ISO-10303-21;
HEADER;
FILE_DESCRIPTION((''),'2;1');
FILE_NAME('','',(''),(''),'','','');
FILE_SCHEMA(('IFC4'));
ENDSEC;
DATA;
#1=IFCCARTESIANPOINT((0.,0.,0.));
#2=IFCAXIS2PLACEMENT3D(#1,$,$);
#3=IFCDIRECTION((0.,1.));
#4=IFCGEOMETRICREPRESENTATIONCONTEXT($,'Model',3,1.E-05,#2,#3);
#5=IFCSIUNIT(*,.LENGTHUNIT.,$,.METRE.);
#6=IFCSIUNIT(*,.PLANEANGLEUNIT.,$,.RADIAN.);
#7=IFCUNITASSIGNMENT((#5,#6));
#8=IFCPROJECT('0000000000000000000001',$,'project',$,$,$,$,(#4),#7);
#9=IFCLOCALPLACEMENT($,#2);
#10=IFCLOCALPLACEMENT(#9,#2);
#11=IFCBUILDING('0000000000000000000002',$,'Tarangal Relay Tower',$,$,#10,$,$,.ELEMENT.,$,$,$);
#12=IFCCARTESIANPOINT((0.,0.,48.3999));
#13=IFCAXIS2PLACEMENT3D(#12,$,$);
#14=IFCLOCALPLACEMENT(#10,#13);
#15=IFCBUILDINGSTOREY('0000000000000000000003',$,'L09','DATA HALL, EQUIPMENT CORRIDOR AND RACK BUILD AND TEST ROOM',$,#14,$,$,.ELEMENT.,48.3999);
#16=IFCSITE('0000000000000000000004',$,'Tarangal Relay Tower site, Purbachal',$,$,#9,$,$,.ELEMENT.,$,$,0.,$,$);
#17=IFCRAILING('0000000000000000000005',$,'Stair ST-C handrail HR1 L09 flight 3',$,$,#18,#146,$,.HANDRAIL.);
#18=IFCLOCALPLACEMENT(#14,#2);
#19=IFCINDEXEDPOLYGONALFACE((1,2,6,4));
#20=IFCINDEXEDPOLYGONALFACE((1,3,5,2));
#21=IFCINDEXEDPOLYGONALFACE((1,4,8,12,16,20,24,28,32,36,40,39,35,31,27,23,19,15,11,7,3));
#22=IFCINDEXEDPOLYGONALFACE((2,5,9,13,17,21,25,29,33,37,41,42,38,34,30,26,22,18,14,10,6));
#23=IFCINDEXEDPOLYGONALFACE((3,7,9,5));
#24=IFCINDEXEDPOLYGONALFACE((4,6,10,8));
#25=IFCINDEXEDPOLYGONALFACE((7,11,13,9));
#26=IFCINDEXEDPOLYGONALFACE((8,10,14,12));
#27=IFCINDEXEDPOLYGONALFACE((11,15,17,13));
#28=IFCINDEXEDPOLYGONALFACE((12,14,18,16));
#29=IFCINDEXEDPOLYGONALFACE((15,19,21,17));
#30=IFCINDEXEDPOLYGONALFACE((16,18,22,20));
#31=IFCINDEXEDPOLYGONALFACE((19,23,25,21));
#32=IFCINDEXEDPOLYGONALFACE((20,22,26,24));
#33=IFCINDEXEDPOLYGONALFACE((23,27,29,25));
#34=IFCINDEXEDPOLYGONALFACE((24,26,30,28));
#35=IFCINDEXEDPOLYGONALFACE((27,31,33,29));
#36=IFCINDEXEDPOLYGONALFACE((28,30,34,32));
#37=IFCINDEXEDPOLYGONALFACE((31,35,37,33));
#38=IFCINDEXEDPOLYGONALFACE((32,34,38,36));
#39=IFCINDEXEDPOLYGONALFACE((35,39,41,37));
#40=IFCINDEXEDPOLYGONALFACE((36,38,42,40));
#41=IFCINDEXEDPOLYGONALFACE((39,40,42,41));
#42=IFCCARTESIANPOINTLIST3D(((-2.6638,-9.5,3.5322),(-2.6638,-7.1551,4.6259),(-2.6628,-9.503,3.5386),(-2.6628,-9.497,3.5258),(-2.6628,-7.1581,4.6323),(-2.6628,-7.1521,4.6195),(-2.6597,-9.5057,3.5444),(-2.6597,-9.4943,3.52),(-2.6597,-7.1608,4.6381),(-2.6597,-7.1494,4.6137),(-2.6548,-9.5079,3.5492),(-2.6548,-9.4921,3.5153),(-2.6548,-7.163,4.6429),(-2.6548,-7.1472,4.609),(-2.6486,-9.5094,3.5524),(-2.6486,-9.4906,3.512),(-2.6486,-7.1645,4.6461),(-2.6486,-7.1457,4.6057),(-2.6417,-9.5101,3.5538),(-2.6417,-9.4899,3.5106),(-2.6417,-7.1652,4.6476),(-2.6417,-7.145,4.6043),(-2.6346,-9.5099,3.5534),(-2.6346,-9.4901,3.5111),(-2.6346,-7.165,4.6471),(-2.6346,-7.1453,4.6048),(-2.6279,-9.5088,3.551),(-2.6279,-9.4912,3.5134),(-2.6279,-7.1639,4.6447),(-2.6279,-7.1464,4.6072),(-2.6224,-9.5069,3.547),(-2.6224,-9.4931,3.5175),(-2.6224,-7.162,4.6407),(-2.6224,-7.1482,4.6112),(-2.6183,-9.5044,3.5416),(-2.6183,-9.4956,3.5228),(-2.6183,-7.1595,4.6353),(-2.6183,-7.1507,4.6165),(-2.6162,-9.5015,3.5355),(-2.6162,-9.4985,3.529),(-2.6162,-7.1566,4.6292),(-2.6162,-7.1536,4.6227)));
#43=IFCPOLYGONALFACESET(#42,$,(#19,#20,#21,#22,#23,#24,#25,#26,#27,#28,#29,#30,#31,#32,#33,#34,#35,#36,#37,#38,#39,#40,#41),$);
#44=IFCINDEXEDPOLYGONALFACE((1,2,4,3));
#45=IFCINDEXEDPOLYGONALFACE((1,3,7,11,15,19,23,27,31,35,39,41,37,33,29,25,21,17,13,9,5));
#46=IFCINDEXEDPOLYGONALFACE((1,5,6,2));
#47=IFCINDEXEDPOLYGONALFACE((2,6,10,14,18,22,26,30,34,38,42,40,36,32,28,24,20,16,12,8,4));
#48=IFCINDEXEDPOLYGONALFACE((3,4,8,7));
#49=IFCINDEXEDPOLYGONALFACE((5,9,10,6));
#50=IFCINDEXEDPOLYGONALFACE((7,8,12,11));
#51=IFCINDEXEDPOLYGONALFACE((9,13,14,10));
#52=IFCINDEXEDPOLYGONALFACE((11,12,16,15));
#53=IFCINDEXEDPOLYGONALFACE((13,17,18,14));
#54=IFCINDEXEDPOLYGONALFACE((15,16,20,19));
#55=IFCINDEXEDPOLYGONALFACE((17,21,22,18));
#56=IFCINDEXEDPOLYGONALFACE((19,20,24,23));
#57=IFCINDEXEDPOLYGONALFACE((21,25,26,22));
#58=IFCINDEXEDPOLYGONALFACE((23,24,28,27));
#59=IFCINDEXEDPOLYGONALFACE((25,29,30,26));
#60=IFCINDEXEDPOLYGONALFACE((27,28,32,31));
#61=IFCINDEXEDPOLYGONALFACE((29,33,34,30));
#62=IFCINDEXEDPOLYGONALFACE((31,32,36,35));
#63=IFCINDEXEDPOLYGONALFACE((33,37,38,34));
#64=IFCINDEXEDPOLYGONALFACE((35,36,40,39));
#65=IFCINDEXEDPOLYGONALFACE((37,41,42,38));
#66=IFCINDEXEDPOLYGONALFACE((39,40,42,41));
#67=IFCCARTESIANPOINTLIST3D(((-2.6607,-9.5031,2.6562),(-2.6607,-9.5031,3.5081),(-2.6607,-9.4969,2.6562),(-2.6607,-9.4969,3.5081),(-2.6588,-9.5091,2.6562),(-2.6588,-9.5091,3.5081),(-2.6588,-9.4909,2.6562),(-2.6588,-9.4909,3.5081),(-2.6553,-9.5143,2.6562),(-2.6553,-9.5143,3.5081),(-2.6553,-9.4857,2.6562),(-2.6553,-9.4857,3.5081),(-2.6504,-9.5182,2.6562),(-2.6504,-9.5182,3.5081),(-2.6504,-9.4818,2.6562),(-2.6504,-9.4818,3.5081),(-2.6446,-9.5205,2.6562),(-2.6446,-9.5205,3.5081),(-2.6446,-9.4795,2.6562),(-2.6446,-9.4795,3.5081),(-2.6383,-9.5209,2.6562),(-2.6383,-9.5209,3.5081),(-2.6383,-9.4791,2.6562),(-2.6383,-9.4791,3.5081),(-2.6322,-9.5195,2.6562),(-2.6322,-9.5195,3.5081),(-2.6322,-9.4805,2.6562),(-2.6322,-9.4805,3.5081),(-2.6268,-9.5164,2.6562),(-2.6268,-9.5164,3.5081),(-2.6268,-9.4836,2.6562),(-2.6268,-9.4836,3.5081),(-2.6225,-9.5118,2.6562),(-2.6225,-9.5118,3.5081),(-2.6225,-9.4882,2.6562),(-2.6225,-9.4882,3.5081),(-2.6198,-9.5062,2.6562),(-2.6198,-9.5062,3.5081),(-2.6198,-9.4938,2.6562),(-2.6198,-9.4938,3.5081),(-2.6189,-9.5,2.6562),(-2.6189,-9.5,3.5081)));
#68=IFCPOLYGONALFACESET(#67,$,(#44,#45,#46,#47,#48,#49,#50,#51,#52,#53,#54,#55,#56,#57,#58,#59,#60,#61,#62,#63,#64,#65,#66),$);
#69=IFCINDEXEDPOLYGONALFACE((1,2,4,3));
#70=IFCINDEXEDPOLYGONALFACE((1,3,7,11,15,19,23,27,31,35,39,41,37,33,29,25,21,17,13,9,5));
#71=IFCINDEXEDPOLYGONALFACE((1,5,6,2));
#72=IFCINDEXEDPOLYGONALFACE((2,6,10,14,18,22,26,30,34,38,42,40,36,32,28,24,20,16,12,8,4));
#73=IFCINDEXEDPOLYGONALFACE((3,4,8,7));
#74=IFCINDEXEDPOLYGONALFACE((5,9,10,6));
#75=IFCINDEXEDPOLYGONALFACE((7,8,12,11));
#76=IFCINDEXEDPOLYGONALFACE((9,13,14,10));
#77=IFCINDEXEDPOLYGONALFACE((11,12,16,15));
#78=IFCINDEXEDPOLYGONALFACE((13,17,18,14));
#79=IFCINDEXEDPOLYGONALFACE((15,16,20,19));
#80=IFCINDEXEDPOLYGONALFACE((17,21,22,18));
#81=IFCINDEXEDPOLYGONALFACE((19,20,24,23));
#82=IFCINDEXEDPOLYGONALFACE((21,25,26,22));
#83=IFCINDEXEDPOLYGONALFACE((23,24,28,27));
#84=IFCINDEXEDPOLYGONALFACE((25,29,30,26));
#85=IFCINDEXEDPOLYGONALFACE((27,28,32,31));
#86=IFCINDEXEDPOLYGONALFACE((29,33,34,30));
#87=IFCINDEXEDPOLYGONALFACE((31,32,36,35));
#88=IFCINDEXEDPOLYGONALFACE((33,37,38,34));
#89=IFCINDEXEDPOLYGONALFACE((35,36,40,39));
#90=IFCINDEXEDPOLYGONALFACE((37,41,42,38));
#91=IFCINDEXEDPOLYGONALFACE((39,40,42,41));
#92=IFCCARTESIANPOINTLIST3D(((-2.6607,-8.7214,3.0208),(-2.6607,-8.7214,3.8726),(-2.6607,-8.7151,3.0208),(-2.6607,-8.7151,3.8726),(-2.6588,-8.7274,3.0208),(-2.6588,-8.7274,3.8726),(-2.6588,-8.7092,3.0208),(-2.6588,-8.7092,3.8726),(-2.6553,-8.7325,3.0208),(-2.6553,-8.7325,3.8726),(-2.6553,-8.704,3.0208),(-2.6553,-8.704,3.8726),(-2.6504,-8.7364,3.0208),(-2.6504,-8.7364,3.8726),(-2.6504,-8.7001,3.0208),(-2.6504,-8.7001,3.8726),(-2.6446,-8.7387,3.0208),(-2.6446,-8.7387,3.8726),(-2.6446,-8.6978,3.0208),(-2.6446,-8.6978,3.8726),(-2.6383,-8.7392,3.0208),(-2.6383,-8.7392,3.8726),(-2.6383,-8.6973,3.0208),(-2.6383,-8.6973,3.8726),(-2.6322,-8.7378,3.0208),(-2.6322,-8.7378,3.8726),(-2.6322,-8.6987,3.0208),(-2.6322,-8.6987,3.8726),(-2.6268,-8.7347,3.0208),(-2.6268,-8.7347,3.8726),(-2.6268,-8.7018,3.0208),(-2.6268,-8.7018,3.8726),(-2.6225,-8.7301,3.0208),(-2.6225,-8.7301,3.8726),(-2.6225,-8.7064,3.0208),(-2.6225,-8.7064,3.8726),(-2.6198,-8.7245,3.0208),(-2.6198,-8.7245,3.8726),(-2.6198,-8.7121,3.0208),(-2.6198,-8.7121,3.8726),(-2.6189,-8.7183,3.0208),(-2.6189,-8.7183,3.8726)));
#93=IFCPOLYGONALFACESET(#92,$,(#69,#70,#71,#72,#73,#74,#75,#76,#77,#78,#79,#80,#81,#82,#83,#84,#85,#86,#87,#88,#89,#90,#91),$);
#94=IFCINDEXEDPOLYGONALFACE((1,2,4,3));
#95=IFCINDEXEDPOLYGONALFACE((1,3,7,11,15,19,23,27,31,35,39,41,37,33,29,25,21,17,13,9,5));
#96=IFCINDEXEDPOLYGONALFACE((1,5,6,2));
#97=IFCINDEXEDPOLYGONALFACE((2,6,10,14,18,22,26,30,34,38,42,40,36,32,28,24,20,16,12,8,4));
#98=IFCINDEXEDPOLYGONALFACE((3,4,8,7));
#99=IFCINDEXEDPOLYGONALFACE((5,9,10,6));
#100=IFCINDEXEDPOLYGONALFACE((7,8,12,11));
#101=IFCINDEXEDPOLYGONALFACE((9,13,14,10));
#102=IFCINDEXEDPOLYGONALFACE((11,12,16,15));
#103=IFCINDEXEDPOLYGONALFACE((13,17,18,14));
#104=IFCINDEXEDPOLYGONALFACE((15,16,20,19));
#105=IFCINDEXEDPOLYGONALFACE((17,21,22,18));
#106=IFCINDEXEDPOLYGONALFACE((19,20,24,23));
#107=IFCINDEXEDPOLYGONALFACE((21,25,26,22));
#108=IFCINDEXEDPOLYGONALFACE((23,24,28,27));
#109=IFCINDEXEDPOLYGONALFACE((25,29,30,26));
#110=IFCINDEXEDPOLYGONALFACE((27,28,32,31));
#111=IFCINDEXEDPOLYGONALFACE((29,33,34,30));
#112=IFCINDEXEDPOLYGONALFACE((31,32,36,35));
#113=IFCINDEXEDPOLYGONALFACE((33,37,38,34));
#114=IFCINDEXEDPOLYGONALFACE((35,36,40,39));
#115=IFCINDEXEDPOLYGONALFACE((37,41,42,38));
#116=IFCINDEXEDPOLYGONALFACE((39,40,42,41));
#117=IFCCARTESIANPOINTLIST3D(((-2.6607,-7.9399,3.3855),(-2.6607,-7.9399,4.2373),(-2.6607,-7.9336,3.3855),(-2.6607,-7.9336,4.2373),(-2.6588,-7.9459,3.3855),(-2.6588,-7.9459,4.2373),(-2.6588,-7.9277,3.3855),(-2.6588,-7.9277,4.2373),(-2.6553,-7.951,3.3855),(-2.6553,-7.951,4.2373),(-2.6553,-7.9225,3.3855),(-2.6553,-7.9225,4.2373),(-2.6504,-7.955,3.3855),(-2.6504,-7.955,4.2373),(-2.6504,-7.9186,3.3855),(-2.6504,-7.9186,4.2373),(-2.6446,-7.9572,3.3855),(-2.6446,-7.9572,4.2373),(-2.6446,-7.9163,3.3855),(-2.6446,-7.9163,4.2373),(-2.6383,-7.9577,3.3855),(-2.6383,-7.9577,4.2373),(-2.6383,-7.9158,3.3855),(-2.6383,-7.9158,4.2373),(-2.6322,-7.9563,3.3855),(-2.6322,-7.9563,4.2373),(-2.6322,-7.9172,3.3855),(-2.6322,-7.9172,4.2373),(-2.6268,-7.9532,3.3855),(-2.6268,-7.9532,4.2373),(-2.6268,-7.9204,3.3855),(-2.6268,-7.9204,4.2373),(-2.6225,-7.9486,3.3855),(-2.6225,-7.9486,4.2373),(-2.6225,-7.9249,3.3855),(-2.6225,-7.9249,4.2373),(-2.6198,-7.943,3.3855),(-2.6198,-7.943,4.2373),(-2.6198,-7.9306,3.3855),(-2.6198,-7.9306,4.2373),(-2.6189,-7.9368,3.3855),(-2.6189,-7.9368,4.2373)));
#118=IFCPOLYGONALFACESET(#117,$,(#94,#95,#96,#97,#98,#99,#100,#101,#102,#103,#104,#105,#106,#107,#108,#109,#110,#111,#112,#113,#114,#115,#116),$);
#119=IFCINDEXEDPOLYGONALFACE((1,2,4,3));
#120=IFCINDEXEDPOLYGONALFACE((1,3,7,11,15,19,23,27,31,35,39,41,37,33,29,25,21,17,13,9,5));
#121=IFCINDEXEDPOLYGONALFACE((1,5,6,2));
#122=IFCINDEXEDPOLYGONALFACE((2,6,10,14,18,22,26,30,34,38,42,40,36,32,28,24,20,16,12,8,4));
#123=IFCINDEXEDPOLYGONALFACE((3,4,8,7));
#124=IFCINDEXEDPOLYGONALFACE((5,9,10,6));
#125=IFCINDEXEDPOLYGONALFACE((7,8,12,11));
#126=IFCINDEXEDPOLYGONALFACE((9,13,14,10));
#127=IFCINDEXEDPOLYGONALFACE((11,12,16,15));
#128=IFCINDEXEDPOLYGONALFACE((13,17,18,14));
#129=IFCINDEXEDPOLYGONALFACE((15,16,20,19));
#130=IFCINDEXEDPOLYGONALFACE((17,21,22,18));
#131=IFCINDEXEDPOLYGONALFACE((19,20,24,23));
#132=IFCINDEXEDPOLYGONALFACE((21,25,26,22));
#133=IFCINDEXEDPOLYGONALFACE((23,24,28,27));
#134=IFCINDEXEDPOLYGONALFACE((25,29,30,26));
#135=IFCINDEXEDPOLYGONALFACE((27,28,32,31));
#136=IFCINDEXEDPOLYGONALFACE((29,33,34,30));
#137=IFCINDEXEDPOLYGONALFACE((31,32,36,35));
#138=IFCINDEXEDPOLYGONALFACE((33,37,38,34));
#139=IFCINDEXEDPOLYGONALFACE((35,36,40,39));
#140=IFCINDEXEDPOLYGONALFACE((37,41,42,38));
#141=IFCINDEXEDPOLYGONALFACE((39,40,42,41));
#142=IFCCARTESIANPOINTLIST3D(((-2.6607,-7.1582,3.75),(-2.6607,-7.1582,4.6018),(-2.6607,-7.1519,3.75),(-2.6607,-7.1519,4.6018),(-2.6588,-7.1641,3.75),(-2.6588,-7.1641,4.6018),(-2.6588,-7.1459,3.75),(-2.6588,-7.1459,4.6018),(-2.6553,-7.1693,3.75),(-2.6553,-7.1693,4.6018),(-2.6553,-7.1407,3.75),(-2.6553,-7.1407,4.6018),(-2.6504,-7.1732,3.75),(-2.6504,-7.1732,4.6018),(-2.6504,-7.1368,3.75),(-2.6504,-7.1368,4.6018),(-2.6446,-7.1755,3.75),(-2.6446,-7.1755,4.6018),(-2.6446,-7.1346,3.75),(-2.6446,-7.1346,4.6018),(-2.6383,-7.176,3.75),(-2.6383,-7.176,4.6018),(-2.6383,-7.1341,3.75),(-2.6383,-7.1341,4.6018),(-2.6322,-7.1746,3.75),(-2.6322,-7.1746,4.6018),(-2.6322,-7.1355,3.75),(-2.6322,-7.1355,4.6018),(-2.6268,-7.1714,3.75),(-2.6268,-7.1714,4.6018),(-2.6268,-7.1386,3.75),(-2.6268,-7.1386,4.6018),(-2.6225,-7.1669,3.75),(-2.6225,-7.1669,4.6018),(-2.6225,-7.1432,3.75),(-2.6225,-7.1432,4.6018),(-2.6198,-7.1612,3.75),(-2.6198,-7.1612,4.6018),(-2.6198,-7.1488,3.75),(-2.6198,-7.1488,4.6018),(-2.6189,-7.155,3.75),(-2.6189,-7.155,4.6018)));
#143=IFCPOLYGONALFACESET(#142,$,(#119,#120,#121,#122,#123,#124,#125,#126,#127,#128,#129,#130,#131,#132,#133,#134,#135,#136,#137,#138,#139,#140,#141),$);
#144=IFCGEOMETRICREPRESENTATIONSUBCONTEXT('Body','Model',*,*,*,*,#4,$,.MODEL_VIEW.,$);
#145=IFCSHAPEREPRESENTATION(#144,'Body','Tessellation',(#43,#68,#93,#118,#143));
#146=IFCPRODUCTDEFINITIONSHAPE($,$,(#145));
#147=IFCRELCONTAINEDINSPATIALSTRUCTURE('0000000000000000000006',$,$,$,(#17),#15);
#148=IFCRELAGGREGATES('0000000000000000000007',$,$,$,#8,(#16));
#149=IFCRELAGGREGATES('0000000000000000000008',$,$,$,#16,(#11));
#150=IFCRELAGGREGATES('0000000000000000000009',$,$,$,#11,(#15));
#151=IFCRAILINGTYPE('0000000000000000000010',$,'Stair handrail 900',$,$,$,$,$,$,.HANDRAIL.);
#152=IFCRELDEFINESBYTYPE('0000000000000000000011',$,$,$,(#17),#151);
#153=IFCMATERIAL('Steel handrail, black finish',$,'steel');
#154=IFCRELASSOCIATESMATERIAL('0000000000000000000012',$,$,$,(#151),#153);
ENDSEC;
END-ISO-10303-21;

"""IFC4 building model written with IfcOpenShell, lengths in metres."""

from ifc_helpers import new_model, si_unit, direction, frame, origin, origin_2d, place, context, subcontext, project, spatial, circle, extrude, material, type_object, element, save


model = new_model("IFC4")

# Units and contexts
model_context = context("Model", 3, precision=1e-05, world=origin(), true_north=direction((0.0, 1.0)))
body_context = subcontext(model_context, "Body", "Model", "MODEL_VIEW")
ifc_project = project(units=[si_unit("LENGTHUNIT", "METRE"), si_unit("PLANEANGLEUNIT", "RADIAN")], contexts=[model_context])

# Site, building, storey
site_placement = place(None, origin())
site = spatial("IfcSite", under=ifc_project, at=site_placement, Name="Tarangal Relay Tower site, Purbachal", CompositionType="ELEMENT", RefElevation=0.0)
building_placement = place(site_placement, origin())
building = spatial("IfcBuilding", under=site, at=building_placement, Name="Tarangal Relay Tower", CompositionType="ELEMENT")
storey_placement = place(building_placement, frame((0.0, 0.0, 48.3999)))
storey = spatial("IfcBuildingStorey", under=building, at=storey_placement, Name="L09", Description="DATA HALL, EQUIPMENT CORRIDOR AND RACK BUILD AND TEST ROOM", CompositionType="ELEMENT", Elevation=48.3999)

# Railing
ifc_material_1 = material(Name="Steel handrail, black finish", Category="steel")
railing_type_1 = type_object("IfcRailingType", Name="Stair handrail 900", PredefinedType="HANDRAIL", material=ifc_material_1)
for number, where, name in (
    (1, (-2.6399, -9.5, 2.6562), "Stair ST-C handrail HR1 L09 flight 3"),
):
    element("IfcRailing", number, at=place(storey_placement, frame(where)), inside=storey, type_object=railing_type_1, Name=name, PredefinedType="HANDRAIL", context=body_context, shape_type="SweptSolid", body=[
        extrude(circle(Radius=0.0239, at=origin_2d()), frame((0.0, 0.0, 0.876), z_axis=(0.0, 0.906267, 0.422705), x_axis=(-1.0, 0.0, 0.0)), (0.0, 0.0, 1.0), 2.5874),
        extrude(circle(Radius=0.021, at=origin_2d()), origin(), (0.0, 0.0, 1.0), 0.8518),
        extrude(circle(Radius=0.021, at=origin_2d()), frame((0.0, 0.7817, 0.3645)), (0.0, 0.0, 1.0), 0.8518),
        extrude(circle(Radius=0.021, at=origin_2d()), frame((0.0, 1.5632, 0.7292)), (0.0, 0.0, 1.0), 0.8518),
        extrude(circle(Radius=0.021, at=origin_2d()), frame((0.0, 2.345, 1.0938)), (0.0, 0.0, 1.0), 0.8518),
    ])

save(model, "model.ifc")
